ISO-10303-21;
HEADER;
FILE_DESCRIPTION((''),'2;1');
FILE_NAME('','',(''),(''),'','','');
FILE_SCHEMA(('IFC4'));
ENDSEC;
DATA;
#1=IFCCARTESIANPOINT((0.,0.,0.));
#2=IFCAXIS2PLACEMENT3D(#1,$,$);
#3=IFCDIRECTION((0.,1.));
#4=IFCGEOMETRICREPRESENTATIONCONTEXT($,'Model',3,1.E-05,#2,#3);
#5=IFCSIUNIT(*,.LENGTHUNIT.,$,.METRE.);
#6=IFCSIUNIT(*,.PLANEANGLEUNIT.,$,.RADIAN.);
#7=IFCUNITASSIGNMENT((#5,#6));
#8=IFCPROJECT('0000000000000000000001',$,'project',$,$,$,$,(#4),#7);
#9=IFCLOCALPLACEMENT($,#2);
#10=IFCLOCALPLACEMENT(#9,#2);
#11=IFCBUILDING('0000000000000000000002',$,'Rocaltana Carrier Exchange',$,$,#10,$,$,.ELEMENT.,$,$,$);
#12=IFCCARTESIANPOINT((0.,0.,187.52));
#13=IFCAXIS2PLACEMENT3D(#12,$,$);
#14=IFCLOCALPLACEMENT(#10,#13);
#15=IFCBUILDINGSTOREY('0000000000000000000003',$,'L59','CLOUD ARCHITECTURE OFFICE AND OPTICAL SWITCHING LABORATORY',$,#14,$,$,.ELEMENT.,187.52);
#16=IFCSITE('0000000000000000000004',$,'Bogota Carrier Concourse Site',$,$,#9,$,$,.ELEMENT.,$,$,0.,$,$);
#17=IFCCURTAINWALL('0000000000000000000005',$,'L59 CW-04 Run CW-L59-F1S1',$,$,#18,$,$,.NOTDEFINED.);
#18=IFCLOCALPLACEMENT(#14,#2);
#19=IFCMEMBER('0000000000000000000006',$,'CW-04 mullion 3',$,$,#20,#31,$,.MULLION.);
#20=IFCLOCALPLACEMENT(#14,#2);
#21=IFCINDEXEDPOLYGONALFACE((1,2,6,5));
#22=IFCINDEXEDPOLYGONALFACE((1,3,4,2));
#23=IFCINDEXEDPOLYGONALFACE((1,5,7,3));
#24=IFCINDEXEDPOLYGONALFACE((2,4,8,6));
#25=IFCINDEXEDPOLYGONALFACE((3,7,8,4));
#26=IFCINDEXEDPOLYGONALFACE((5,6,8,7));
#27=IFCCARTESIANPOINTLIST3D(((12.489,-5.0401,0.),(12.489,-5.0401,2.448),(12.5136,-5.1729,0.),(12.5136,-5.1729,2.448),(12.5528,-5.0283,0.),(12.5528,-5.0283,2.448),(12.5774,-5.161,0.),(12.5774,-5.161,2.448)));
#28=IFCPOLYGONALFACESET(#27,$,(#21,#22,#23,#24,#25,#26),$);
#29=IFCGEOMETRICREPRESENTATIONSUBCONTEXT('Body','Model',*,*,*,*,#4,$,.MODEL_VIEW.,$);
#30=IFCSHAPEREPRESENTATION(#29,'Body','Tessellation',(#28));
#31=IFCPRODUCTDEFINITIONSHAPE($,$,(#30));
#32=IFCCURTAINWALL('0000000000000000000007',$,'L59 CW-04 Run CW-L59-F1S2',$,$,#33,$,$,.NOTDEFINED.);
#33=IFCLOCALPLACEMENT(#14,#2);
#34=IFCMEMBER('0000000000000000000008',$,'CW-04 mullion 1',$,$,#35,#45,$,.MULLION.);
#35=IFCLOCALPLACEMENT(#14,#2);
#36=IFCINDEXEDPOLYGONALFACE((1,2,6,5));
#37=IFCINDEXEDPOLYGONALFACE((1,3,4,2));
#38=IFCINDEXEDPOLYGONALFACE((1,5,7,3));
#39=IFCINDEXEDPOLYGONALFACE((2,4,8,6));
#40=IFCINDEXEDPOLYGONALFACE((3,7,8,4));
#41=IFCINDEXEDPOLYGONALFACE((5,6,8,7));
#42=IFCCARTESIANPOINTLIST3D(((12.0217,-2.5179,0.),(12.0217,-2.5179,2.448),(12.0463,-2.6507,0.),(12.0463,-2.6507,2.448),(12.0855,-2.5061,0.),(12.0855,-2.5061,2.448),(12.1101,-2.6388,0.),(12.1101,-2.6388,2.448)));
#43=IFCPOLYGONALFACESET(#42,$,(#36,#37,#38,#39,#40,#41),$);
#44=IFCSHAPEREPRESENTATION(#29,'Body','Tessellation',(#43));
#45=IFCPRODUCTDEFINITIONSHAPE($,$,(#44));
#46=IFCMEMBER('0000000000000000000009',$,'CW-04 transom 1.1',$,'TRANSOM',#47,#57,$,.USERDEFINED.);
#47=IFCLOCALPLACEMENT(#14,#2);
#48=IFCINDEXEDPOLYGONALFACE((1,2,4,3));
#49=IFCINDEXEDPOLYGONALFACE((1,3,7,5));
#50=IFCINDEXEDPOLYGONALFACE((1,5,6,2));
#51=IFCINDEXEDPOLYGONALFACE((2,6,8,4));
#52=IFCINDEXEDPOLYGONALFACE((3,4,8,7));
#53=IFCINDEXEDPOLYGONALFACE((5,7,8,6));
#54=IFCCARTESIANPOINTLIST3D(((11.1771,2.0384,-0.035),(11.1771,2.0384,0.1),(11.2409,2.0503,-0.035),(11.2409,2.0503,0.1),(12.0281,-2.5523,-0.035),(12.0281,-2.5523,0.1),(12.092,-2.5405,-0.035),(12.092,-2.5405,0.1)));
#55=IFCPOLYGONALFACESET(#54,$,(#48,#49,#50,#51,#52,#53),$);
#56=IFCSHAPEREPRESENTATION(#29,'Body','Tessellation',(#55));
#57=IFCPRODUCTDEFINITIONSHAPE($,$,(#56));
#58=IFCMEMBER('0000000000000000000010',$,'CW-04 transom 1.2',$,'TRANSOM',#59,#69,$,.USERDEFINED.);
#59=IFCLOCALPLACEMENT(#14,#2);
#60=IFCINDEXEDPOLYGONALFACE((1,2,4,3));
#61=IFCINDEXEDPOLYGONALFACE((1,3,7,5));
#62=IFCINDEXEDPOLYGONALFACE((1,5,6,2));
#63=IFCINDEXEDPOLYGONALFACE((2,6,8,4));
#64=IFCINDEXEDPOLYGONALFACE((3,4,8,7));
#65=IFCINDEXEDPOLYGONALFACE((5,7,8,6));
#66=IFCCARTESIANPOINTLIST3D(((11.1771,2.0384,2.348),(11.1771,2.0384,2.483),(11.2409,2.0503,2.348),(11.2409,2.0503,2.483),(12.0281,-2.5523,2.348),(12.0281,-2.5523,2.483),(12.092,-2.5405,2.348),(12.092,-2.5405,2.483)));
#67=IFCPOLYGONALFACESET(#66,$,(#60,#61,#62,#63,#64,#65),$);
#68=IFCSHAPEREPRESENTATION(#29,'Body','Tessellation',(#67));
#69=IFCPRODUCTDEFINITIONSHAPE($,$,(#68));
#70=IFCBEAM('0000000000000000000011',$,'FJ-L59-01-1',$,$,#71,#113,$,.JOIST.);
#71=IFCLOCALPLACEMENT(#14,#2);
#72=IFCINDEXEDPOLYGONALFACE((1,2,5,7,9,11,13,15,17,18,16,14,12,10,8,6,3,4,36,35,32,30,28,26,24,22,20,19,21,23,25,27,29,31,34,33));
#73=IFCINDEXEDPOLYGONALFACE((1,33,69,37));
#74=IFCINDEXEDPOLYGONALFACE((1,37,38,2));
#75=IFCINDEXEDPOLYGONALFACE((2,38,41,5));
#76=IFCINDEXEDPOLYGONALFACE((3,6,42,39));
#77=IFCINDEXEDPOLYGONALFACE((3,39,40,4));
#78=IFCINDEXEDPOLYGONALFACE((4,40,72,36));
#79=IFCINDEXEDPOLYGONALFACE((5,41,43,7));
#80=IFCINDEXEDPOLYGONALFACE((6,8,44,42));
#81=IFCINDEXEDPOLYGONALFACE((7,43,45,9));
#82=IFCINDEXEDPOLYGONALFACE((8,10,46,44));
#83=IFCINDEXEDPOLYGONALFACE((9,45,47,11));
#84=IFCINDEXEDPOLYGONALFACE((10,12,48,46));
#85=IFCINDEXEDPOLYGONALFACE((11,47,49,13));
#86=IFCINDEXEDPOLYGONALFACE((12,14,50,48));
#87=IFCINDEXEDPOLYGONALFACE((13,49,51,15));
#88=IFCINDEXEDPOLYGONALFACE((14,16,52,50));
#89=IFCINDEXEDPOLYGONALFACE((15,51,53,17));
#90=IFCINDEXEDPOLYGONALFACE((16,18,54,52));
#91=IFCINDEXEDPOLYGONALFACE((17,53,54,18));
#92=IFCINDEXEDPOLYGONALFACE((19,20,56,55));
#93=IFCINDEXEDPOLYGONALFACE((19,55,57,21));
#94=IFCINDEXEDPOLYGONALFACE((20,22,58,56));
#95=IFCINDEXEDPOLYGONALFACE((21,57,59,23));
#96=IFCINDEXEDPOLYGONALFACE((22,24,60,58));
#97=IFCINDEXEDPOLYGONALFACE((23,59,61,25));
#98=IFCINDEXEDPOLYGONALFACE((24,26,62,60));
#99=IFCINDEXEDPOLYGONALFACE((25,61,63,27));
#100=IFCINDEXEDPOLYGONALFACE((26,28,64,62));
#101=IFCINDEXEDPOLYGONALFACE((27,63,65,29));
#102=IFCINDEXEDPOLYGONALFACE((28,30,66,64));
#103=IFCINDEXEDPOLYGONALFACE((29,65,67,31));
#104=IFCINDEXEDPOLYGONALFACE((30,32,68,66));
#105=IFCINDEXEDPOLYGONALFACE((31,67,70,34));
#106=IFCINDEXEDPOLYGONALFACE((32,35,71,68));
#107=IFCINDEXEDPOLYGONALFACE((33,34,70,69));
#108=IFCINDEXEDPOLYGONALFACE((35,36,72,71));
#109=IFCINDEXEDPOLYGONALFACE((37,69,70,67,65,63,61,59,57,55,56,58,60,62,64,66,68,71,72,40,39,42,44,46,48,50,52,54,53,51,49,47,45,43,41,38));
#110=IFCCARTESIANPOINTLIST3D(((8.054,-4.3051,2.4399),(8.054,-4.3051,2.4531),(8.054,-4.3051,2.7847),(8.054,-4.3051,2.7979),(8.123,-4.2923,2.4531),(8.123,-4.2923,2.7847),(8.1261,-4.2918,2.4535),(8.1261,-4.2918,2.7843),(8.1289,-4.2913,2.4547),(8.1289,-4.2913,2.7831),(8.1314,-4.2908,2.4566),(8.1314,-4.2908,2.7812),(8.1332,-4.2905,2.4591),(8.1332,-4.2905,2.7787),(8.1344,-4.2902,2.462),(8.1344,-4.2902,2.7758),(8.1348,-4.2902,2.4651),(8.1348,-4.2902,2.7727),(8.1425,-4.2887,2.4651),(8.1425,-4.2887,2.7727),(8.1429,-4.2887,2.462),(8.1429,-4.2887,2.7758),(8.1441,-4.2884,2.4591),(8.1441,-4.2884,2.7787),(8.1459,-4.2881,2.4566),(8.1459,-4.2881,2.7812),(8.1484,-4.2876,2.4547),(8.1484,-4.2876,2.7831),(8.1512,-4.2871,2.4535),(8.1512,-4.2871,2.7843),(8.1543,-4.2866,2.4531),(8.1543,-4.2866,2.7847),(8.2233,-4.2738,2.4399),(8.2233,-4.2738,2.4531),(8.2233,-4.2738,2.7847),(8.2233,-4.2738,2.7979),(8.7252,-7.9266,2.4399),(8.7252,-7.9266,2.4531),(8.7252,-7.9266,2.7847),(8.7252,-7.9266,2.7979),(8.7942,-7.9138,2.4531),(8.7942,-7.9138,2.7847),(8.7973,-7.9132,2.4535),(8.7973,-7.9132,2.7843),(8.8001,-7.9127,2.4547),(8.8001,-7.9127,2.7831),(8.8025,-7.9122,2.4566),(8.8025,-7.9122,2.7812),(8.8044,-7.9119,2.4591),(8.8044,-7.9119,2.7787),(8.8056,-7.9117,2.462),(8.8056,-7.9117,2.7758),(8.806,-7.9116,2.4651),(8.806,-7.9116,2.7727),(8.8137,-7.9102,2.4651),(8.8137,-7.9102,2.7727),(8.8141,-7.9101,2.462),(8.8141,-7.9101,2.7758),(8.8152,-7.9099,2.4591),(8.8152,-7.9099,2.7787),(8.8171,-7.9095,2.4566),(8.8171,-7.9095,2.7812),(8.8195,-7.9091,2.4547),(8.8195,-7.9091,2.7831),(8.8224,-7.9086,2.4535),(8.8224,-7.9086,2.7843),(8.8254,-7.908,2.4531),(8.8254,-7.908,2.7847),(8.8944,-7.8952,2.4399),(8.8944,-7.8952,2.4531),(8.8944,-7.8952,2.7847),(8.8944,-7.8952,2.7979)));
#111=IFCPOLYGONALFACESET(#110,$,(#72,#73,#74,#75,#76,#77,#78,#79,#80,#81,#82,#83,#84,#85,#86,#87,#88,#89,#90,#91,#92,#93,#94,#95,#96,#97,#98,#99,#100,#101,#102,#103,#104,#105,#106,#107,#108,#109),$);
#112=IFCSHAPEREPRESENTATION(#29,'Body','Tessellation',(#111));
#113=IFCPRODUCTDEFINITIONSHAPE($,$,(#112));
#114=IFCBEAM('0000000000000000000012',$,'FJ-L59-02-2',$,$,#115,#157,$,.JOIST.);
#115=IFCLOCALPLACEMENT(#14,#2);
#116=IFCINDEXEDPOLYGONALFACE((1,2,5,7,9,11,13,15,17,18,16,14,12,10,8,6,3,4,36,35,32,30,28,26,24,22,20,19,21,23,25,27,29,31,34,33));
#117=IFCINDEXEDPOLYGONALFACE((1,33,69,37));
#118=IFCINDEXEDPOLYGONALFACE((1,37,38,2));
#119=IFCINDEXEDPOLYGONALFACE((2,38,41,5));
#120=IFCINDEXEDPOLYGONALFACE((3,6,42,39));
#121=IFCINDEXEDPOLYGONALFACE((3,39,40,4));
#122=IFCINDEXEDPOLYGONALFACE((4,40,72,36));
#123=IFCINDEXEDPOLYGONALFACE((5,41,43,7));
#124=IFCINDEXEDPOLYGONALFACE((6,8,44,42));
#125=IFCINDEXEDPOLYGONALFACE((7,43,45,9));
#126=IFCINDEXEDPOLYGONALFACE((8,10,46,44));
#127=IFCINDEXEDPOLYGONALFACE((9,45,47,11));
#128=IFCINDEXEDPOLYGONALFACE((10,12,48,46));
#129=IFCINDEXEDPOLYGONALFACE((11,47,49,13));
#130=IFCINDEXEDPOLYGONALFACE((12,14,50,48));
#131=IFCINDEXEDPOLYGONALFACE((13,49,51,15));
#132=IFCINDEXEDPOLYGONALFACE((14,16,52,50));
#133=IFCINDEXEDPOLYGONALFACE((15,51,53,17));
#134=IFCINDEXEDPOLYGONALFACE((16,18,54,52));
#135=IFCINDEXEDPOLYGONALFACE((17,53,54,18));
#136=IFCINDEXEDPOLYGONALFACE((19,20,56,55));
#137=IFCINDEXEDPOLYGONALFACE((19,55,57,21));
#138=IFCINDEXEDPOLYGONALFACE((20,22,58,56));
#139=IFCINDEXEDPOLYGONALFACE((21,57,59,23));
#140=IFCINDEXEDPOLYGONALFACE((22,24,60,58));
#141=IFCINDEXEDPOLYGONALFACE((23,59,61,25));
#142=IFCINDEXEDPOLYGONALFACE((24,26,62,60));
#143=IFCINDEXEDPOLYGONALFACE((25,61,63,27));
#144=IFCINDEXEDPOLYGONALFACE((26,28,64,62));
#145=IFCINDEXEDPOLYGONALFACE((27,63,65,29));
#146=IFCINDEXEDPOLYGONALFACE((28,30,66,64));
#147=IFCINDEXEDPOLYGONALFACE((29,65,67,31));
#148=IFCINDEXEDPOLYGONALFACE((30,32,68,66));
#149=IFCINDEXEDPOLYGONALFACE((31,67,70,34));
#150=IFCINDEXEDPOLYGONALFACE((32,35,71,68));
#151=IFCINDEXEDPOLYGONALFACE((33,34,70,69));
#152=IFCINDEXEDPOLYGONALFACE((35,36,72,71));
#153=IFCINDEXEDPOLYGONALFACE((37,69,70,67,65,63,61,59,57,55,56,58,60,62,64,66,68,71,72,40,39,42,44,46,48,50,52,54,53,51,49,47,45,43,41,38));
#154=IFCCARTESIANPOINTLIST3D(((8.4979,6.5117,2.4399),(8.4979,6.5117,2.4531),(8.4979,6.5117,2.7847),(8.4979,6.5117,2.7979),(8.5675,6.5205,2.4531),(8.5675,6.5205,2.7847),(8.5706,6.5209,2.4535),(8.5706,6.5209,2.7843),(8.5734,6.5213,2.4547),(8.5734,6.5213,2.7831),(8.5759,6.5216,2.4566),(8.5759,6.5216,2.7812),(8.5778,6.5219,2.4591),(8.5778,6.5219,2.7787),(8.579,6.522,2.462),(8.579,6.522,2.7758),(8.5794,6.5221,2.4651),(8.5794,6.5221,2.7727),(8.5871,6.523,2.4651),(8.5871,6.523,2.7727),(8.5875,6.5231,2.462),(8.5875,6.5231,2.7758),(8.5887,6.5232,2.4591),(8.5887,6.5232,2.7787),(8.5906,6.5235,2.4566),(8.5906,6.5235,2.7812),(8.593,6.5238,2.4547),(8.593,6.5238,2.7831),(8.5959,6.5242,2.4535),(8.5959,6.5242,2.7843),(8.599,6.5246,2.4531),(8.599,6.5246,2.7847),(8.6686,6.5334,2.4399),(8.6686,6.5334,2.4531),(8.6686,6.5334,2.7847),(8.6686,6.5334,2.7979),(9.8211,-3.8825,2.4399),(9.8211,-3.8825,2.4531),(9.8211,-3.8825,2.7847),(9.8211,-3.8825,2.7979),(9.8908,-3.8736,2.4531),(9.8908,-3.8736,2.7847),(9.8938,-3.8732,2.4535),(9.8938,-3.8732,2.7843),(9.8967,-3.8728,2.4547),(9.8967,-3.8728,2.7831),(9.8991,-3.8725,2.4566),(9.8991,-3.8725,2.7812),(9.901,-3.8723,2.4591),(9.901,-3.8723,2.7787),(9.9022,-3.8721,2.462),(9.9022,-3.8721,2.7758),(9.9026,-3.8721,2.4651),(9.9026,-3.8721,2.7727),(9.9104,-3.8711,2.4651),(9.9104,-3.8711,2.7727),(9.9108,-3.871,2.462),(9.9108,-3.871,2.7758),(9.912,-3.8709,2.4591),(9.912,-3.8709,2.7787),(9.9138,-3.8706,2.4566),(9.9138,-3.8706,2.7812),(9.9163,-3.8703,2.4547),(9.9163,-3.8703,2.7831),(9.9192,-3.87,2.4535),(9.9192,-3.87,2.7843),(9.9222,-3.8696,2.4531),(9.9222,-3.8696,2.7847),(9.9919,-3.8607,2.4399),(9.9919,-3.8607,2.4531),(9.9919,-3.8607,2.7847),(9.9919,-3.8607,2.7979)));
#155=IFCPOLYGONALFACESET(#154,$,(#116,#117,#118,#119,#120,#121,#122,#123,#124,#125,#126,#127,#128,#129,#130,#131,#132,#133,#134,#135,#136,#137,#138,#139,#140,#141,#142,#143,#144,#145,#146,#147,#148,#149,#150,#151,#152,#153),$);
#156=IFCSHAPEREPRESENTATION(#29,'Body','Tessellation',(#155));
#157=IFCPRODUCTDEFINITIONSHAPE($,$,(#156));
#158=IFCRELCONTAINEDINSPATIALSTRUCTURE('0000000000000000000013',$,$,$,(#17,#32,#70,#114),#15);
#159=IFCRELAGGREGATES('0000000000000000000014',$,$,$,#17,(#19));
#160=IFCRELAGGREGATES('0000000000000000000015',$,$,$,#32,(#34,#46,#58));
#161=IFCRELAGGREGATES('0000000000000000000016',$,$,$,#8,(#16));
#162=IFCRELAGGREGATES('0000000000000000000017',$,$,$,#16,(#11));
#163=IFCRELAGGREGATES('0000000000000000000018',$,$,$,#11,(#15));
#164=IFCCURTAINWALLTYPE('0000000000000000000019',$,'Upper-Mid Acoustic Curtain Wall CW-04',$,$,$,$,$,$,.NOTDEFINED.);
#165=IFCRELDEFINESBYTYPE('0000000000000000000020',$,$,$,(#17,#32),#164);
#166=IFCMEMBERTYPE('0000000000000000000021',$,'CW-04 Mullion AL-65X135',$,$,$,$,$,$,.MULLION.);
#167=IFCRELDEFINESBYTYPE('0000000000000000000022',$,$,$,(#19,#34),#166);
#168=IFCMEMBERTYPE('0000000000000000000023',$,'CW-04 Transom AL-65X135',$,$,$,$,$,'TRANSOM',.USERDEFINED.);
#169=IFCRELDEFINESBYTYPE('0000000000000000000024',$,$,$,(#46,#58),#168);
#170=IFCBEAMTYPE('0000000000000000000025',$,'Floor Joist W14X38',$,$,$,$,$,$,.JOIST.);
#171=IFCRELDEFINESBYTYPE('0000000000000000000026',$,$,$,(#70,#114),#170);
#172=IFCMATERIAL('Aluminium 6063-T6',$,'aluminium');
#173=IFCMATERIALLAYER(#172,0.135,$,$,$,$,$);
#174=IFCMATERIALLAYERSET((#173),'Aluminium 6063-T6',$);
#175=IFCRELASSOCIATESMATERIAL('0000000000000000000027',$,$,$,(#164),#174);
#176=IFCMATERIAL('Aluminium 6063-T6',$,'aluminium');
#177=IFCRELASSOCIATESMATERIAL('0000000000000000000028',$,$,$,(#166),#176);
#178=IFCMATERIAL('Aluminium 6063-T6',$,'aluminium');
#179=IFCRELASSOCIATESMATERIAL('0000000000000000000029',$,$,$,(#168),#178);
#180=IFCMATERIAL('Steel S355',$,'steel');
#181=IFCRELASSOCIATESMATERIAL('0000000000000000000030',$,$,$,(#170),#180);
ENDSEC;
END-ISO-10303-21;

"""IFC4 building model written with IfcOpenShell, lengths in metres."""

from ifc_helpers import new_model, si_unit, direction, frame, origin, origin_2d, place, context, subcontext, project, spatial, rectangle, i_section, extrude, material, layer, layer_set, material_profile, profile_set, type_object, element, aggregate, save


model = new_model("IFC4")

# Units and contexts
model_context = context("Model", 3, precision=1e-05, world=origin(), true_north=direction((0.0, 1.0)))
body_context = subcontext(model_context, "Body", "Model", "MODEL_VIEW")
ifc_project = project(units=[si_unit("LENGTHUNIT", "METRE"), si_unit("PLANEANGLEUNIT", "RADIAN")], contexts=[model_context])

# Site, building, storey
site_placement = place(None, origin())
site = spatial("IfcSite", under=ifc_project, at=site_placement, Name="Bogota Carrier Concourse Site", CompositionType="ELEMENT", RefElevation=0.0)
building_placement = place(site_placement, origin())
building = spatial("IfcBuilding", under=site, at=building_placement, Name="Rocaltana Carrier Exchange", CompositionType="ELEMENT")
storey_placement = place(building_placement, frame((0.0, 0.0, 187.52)))
storey = spatial("IfcBuildingStorey", under=building, at=storey_placement, Name="L59", Description="CLOUD ARCHITECTURE OFFICE AND OPTICAL SWITCHING LABORATORY", CompositionType="ELEMENT", Elevation=187.52)

# Curtain wall, member
ifc_material_1 = material(Name="Aluminium 6063-T6", Category="aluminium")
ifc_layer_1 = layer(ifc_material_1, 0.135)
ifc_layer_set_1 = layer_set([ifc_layer_1], Name="Aluminium 6063-T6")
curtain_wall_type = type_object("IfcCurtainWallType", Name="Upper-Mid Acoustic Curtain Wall CW-04", PredefinedType="NOTDEFINED", material=ifc_layer_set_1)
curtain_wall_1_placement = place(storey_placement, origin())
curtain_wall_1 = element("IfcCurtainWall", 1, at=curtain_wall_1_placement, inside=storey, type_object=curtain_wall_type, Name="L59 CW-04 Run CW-L59-F1S1", PredefinedType="NOTDEFINED")
ifc_material_2 = material(Name="Aluminium 6063-T6", Category="aluminium")
ifc_material_profile_1 = material_profile(ifc_material_2, rectangle(XDim=0.0649, YDim=0.135, at=origin_2d()), Name="AL-65X135")
ifc_profile_set_1 = profile_set([ifc_material_profile_1], Name="Aluminium 6063-T6")
member_type_1 = type_object("IfcMemberType", Name="CW-04 Mullion AL-65X135", PredefinedType="MULLION", material=ifc_profile_set_1)
member_1_placement = place(storey_placement, frame((12.5332, -5.1006, 0.0), z_axis=(0.0, 0.0, 1.0), x_axis=(-0.983255, -0.182234, 0.0)))
member_1 = element("IfcMember", 2, at=member_1_placement, type_object=member_type_1, Name="CW-04 mullion 3", PredefinedType="MULLION", context=body_context, shape_type="SweptSolid", body=[
    extrude(rectangle(XDim=0.0649, YDim=0.135, at=origin_2d()), origin(), (0.0, 0.0, 1.0), 2.448),
])

# Curtain wall, members
curtain_wall_2_placement = place(storey_placement, origin())
curtain_wall_2 = element("IfcCurtainWall", 3, at=curtain_wall_2_placement, inside=storey, type_object=curtain_wall_type, Name="L59 CW-04 Run CW-L59-F1S2", PredefinedType="NOTDEFINED")
member_2_placement = place(storey_placement, frame((12.0659, -2.5784, 0.0), z_axis=(0.0, 0.0, 1.0), x_axis=(-0.983255, -0.182236, 0.0)))
member_2 = element("IfcMember", 4, at=member_2_placement, type_object=member_type_1, Name="CW-04 mullion 1", PredefinedType="MULLION", context=body_context, shape_type="SweptSolid", body=[
    extrude(rectangle(XDim=0.0649, YDim=0.135, at=origin_2d()), origin(), (0.0, 0.0, 1.0), 2.448),
])
ifc_material_3 = material(Name="Aluminium 6063-T6", Category="aluminium")
ifc_material_profile_2 = material_profile(ifc_material_3, rectangle(XDim=0.0649, YDim=0.135, at=origin_2d()), Name="AL-65X135")
ifc_profile_set_2 = profile_set([ifc_material_profile_2], Name="Aluminium 6063-T6")
member_type_2 = type_object("IfcMemberType", Name="CW-04 Transom AL-65X135", ElementType="TRANSOM", PredefinedType="USERDEFINED", material=ifc_profile_set_2)
member_3_placement = place(storey_placement, frame((12.0601, -2.5464, 0.0325), z_axis=(-0.18228, 0.983247, 0.0), x_axis=(-0.983247, -0.18228, 0.0)))
member_3 = element("IfcMember", 5, at=member_3_placement, type_object=member_type_2, Name="CW-04 transom 1.1", ObjectType="TRANSOM", PredefinedType="USERDEFINED", context=body_context, shape_type="SweptSolid", body=[
    extrude(rectangle(XDim=0.0649, YDim=0.135, at=origin_2d()), origin(), (0.0, 0.0, 1.0), 4.6689),
])
member_4_placement = place(storey_placement, frame((12.0601, -2.5464, 2.4155), z_axis=(-0.18228, 0.983247, 0.0), x_axis=(-0.983247, -0.18228, 0.0)))
member_4 = element("IfcMember", 6, at=member_4_placement, type_object=member_type_2, Name="CW-04 transom 1.2", ObjectType="TRANSOM", PredefinedType="USERDEFINED", context=body_context, shape_type="SweptSolid", body=[
    extrude(rectangle(XDim=0.0649, YDim=0.135, at=origin_2d()), origin(), (0.0, 0.0, 1.0), 4.6689),
])

# Beams
ifc_material_4 = material(Name="Steel S355", Category="steel")
ifc_material_profile_3 = material_profile(ifc_material_4, i_section(OverallWidth=0.1721, OverallDepth=0.3579, WebThickness=0.0078, FlangeThickness=0.0132, FilletRadius=0.012, at=origin_2d()), Name="W14X38")
ifc_profile_set_3 = profile_set([ifc_material_profile_3], Name="Steel S355")
beam_type_1 = type_object("IfcBeamType", Name="Floor Joist W14X38", PredefinedType="JOIST", material=ifc_profile_set_3)
beam_1_placement = place(storey_placement, frame((8.8098, -7.9109, 2.6189), z_axis=(-0.182227, 0.983256, 0.0), x_axis=(-0.983256, -0.182227, 0.0)))
element("IfcBeam", 7, at=beam_1_placement, inside=storey, type_object=beam_type_1, Name="FJ-L59-01-1", PredefinedType="JOIST", context=body_context, shape_type="SweptSolid", body=[
    extrude(i_section(OverallWidth=0.1721, OverallDepth=0.3579, WebThickness=0.0078, FlangeThickness=0.0132, FilletRadius=0.012, at=origin_2d()), origin(), (0.0, 0.0, 1.0), 3.6831),
])
beam_2_placement = place(storey_placement, frame((9.9065, -3.8716, 2.6189), z_axis=(-0.126288, 0.991994, 0.0), x_axis=(-0.991994, -0.126288, 0.0)))
element("IfcBeam", 8, at=beam_2_placement, inside=storey, type_object=beam_type_1, Name="FJ-L59-02-2", PredefinedType="JOIST", context=body_context, shape_type="SweptSolid", body=[
    extrude(i_section(OverallWidth=0.1721, OverallDepth=0.3579, WebThickness=0.0078, FlangeThickness=0.0132, FilletRadius=0.012, at=origin_2d()), origin(), (0.0, 0.0, 1.0), 10.478),
])

aggregate(curtain_wall_1, [member_1])
aggregate(curtain_wall_2, [member_2, member_3, member_4])

save(model, "model.ifc")
